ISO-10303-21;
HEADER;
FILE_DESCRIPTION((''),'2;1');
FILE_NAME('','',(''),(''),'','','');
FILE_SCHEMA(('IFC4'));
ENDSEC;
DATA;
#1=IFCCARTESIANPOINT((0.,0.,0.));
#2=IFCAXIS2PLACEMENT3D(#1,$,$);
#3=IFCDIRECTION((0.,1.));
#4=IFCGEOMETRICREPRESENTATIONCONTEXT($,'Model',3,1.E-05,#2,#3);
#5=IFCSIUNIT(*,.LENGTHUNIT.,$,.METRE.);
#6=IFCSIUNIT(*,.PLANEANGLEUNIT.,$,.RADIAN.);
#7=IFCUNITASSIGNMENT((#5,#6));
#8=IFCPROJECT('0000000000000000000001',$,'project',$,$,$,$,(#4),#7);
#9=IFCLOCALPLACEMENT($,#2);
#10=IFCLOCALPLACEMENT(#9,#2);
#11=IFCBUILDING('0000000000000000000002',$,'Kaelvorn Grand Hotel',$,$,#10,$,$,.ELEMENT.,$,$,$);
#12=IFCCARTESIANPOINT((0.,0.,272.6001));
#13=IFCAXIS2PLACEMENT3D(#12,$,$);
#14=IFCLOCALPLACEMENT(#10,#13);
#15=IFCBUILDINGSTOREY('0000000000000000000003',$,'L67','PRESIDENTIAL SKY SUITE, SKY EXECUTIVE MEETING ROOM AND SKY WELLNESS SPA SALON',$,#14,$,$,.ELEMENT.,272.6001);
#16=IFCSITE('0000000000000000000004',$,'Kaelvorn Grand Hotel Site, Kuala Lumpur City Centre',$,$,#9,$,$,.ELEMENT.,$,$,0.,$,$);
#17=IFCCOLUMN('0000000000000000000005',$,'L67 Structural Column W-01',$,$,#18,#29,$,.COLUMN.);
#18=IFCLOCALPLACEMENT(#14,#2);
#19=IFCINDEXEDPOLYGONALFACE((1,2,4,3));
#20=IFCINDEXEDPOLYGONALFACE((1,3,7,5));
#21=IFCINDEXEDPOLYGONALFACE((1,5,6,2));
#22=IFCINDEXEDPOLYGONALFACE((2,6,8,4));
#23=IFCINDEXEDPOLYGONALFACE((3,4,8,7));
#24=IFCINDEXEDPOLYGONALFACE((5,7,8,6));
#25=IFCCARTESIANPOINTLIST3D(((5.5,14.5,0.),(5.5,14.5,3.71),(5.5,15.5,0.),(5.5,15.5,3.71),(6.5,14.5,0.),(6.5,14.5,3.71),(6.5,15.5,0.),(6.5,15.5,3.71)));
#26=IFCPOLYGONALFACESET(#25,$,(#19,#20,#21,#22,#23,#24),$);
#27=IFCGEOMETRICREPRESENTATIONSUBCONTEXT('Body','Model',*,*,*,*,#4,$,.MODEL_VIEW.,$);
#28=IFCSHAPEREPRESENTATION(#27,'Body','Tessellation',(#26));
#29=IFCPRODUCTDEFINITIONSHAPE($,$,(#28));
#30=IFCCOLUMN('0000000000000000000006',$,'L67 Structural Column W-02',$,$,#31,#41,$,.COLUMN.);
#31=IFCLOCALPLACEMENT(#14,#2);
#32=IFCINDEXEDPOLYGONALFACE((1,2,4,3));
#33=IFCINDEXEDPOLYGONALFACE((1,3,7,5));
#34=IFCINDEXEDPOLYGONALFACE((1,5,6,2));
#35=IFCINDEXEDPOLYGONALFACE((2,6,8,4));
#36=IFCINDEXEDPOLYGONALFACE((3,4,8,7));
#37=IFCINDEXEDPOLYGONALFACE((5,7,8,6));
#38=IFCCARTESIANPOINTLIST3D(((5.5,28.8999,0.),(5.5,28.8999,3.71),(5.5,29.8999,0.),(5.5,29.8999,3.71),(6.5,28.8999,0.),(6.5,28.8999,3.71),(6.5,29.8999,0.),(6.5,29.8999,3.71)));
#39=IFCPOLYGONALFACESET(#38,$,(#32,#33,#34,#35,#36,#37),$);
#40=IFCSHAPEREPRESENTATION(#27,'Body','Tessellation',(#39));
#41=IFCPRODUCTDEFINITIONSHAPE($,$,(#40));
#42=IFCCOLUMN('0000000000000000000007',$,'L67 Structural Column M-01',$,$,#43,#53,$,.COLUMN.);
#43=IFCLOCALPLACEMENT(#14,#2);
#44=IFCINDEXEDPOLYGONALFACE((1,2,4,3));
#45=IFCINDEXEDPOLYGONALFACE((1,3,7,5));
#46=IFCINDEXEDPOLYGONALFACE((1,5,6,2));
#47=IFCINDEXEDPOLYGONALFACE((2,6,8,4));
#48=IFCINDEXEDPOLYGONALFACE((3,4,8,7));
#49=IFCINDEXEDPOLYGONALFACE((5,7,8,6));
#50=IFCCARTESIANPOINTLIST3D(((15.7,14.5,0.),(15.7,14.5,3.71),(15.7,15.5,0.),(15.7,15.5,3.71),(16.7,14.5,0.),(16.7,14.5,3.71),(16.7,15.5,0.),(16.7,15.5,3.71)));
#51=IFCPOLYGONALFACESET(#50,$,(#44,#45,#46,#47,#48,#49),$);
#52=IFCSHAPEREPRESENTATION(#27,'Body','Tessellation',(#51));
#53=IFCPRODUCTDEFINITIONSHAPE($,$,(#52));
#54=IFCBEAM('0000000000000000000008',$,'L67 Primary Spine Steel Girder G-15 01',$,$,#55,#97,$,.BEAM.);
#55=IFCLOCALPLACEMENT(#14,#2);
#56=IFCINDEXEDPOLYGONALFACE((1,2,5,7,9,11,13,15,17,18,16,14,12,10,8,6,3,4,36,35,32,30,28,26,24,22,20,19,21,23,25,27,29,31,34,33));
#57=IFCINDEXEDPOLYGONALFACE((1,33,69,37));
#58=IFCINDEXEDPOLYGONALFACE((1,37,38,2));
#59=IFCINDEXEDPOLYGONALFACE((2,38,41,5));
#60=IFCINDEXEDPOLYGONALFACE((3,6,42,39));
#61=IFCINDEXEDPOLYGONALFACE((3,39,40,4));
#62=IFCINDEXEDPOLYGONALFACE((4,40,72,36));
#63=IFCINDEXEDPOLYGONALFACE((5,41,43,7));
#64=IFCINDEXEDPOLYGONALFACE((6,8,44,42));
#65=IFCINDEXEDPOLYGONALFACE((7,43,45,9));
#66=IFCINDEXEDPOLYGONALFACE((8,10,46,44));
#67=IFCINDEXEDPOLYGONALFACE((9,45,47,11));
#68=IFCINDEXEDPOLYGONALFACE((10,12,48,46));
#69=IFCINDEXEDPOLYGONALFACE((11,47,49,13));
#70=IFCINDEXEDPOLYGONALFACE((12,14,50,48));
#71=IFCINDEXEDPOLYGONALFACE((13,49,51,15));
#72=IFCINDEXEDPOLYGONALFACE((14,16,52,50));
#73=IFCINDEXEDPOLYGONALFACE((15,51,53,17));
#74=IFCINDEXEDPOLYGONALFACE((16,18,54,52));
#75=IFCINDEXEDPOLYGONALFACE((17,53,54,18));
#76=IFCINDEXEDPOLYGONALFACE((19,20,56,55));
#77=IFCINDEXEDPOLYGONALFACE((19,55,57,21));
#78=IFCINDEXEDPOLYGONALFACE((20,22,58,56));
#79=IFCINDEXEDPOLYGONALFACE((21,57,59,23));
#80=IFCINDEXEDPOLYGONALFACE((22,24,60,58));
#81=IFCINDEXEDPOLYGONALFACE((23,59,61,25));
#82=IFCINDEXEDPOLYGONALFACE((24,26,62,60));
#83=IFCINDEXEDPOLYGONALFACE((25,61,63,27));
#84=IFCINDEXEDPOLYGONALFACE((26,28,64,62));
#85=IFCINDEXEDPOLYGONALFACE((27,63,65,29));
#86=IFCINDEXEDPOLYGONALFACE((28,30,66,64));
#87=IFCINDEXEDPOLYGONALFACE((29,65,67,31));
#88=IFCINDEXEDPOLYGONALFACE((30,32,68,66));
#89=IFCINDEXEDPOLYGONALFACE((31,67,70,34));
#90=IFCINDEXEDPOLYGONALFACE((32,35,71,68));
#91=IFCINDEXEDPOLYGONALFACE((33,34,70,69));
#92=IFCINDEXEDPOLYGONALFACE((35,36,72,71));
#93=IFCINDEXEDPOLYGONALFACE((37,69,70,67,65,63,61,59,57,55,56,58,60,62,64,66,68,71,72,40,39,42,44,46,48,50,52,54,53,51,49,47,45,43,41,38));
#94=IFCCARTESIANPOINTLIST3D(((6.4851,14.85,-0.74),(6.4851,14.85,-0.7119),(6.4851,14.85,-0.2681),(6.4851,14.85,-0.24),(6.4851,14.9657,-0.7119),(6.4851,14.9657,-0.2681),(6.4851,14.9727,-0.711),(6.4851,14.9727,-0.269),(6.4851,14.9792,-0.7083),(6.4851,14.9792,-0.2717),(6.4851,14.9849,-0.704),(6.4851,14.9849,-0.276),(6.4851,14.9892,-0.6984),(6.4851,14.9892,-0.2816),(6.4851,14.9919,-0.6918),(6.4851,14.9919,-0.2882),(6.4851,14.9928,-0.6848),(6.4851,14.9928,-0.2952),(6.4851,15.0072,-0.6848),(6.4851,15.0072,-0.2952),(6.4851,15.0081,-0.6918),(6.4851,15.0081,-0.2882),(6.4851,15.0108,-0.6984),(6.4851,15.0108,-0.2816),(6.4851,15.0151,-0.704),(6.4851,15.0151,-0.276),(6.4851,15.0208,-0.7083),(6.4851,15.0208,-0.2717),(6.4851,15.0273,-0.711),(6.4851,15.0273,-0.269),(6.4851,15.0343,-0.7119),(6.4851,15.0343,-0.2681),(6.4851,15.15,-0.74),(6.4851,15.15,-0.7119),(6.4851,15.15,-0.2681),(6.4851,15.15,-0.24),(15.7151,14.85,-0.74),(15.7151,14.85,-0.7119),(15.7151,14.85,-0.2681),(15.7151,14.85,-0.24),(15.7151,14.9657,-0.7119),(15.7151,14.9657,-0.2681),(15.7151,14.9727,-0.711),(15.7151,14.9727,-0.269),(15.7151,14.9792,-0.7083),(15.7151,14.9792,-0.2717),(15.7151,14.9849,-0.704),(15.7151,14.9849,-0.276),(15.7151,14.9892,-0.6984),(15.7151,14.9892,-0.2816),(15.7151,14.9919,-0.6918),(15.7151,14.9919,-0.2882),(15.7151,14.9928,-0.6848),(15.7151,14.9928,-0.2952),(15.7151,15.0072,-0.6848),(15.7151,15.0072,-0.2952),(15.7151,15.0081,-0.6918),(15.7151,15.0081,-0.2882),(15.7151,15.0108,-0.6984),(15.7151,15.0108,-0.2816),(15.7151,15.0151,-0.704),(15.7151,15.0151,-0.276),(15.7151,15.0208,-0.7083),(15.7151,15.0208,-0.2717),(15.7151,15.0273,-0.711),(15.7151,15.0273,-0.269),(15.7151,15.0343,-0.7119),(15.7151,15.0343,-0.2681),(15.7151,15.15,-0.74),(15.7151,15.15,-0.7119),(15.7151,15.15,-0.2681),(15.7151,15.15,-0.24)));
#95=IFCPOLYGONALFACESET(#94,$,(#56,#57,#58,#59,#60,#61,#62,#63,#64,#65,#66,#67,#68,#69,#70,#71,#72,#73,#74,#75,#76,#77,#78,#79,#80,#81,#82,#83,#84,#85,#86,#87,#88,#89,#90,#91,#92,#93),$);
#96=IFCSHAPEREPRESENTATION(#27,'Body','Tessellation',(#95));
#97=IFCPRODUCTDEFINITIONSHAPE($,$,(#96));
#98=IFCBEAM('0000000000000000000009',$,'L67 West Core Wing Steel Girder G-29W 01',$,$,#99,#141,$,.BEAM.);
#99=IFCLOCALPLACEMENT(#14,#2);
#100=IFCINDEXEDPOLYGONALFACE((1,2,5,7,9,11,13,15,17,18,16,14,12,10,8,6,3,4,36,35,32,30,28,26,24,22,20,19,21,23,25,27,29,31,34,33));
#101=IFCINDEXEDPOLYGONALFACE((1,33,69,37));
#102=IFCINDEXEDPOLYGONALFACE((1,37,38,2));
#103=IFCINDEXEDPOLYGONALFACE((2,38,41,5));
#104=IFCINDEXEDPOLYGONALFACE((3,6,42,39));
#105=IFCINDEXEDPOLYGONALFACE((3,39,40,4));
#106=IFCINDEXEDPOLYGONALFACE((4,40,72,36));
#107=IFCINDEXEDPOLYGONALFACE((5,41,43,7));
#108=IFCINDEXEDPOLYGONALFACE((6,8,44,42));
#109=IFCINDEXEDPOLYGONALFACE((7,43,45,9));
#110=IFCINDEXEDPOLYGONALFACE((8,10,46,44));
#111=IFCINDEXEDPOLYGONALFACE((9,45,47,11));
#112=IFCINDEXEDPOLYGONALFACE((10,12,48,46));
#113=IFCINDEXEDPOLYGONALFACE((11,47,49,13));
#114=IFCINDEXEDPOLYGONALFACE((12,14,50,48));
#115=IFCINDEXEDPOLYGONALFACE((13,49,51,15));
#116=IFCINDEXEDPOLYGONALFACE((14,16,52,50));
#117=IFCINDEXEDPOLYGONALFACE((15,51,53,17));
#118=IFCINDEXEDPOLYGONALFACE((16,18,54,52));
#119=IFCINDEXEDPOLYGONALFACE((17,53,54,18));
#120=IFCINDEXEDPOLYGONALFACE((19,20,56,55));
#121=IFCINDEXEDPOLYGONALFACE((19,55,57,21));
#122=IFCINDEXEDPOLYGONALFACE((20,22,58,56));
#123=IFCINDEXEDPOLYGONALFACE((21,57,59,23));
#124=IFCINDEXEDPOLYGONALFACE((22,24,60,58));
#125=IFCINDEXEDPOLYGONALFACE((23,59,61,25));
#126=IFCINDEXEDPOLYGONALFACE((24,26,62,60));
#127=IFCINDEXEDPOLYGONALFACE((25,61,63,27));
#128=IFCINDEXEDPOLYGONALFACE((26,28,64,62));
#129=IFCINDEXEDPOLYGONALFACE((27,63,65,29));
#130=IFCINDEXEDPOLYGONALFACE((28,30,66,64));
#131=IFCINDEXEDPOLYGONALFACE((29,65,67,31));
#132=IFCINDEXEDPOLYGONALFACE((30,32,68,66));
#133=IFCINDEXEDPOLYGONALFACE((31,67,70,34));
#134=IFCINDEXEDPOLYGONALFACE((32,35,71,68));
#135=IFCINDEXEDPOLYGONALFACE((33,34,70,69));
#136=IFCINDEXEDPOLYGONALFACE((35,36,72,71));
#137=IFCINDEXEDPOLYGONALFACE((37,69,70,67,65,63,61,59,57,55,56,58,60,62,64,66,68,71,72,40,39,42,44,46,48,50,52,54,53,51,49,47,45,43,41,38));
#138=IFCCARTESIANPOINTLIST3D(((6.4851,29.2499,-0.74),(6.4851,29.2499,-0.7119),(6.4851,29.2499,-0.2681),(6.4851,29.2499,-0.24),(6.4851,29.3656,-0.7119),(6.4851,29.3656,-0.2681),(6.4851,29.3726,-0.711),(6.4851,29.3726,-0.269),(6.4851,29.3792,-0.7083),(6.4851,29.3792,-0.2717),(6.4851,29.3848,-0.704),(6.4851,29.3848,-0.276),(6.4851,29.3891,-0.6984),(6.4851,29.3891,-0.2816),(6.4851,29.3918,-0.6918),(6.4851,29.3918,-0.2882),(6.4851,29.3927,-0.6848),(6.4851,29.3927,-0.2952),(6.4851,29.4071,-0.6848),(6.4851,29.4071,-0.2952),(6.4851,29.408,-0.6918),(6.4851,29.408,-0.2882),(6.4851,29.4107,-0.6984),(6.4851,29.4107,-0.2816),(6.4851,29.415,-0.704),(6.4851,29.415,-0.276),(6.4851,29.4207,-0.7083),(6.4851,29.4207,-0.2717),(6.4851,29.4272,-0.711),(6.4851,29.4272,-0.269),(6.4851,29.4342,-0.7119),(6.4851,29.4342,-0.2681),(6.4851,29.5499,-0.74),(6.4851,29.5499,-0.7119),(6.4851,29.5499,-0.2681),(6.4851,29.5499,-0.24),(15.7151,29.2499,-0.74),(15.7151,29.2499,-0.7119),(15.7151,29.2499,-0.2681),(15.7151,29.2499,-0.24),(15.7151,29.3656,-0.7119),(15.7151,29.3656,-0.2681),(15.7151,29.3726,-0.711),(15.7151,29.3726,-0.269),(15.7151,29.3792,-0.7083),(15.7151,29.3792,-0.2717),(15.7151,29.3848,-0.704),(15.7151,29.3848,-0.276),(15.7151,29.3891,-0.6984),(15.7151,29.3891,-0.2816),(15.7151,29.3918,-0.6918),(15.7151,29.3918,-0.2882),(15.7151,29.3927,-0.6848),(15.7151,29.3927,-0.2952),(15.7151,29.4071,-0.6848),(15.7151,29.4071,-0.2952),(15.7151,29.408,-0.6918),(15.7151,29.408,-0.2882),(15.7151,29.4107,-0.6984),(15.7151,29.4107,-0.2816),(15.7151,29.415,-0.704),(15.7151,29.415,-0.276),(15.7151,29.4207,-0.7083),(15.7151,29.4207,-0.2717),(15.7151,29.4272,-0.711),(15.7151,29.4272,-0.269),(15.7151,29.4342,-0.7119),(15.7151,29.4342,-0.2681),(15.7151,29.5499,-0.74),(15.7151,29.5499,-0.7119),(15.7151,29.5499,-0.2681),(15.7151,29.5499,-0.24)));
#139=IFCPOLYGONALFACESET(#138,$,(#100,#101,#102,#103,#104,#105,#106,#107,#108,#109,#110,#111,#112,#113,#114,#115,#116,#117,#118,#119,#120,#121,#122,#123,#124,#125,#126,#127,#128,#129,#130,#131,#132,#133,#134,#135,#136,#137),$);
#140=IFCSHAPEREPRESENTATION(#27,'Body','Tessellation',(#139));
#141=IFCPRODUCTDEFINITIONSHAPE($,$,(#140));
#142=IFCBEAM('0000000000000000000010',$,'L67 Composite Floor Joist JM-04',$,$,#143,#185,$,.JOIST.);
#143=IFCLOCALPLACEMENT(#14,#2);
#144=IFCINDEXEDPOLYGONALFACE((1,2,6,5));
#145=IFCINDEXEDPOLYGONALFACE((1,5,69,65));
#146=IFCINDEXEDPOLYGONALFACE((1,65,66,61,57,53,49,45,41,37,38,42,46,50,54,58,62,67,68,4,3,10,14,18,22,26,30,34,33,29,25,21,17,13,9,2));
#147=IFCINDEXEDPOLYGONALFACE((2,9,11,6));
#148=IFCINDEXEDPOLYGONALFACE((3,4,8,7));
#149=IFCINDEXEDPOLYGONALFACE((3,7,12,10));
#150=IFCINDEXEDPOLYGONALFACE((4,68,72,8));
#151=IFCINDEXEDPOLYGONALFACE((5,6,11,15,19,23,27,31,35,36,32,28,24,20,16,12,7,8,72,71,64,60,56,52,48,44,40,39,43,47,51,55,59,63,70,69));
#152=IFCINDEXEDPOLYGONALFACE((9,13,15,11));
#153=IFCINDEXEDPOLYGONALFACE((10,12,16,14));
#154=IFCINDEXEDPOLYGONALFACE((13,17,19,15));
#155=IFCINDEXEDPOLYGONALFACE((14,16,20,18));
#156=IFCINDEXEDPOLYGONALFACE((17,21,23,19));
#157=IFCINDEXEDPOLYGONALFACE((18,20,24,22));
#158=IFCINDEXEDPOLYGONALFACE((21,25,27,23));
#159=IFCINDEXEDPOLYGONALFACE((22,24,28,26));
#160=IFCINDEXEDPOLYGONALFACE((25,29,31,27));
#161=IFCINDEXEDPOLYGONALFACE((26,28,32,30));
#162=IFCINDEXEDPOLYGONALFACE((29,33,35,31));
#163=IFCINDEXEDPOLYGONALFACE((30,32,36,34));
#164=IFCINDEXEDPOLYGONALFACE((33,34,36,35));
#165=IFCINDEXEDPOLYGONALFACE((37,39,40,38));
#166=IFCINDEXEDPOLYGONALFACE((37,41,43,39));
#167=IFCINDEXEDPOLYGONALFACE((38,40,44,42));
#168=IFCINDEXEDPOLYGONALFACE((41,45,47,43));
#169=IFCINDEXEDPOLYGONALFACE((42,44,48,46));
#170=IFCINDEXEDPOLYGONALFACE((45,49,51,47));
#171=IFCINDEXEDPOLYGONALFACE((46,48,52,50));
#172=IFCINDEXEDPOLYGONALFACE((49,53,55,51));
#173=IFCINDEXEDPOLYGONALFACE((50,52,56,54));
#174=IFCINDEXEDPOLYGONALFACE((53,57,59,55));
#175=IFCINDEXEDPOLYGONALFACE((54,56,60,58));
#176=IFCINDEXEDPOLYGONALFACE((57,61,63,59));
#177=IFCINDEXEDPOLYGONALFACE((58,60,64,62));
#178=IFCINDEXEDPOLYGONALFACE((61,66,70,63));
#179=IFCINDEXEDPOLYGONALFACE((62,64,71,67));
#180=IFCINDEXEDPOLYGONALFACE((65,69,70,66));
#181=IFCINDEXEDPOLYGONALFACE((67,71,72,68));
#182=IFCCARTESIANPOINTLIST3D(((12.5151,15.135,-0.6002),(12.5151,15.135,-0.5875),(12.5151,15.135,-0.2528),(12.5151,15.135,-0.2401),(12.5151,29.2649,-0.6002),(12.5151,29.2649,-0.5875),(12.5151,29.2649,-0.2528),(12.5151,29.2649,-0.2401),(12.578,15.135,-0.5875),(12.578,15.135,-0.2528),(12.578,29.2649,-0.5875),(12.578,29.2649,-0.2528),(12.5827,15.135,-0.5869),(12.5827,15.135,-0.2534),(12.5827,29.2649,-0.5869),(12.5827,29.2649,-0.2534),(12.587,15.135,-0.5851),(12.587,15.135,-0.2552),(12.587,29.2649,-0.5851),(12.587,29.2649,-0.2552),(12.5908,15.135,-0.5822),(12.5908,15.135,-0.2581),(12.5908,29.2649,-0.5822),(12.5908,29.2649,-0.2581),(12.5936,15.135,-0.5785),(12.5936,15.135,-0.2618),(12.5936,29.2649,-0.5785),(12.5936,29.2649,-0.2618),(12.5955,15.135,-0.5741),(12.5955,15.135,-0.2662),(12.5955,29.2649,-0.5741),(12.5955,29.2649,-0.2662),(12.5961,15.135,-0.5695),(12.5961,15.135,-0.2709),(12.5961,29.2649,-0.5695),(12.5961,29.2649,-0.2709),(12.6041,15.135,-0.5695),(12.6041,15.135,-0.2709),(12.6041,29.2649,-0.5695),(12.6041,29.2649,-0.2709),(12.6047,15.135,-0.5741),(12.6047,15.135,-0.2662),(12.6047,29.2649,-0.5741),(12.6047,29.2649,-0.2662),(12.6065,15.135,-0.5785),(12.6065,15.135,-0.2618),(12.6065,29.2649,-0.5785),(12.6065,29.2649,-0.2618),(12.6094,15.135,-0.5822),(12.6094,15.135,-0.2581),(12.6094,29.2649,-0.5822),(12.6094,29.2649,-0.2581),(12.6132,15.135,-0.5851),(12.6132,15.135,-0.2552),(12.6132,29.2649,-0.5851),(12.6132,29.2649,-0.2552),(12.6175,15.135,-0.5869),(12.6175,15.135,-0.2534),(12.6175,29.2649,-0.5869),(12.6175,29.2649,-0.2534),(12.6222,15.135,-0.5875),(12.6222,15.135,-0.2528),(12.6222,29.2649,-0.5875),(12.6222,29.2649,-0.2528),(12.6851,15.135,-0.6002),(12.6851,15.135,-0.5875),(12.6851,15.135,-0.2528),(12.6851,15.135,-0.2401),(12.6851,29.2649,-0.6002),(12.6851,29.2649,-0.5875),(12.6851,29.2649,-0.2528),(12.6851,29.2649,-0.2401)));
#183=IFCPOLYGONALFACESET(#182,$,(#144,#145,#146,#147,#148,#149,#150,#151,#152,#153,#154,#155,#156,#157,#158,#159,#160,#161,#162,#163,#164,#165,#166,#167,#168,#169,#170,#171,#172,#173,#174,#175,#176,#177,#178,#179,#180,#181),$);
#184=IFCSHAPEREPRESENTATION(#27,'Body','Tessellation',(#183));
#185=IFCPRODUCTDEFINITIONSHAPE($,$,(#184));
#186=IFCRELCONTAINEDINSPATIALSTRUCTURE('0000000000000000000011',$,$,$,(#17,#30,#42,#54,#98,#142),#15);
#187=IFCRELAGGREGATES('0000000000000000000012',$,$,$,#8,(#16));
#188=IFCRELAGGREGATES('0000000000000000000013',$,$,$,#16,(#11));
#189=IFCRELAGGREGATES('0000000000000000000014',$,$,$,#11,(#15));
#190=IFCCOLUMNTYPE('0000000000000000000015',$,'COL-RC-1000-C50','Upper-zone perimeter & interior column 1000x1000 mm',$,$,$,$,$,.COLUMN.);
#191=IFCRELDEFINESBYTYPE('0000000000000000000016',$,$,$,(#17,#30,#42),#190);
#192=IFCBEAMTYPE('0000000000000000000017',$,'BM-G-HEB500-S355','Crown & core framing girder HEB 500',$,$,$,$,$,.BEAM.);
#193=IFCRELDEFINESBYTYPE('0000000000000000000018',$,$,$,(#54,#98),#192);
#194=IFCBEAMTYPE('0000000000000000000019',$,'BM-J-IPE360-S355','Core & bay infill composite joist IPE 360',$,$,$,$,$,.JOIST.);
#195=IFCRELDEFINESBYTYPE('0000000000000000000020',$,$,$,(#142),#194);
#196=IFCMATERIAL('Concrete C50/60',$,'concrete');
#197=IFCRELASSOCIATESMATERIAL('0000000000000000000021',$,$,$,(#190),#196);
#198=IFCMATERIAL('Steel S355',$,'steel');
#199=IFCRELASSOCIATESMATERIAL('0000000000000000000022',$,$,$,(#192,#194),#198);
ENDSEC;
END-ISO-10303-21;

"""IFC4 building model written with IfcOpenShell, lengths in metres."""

from ifc_helpers import new_model, si_unit, direction, frame, origin, origin_2d, place, context, subcontext, project, spatial, rectangle, i_section, extrude, material, material_profile, profile_set, type_object, element, save


model = new_model("IFC4")

# Units and contexts
model_context = context("Model", 3, precision=1e-05, world=origin(), true_north=direction((0.0, 1.0)))
body_context = subcontext(model_context, "Body", "Model", "MODEL_VIEW")
ifc_project = project(units=[si_unit("LENGTHUNIT", "METRE"), si_unit("PLANEANGLEUNIT", "RADIAN")], contexts=[model_context])

# Site, building, storey
site_placement = place(None, origin())
site = spatial("IfcSite", under=ifc_project, at=site_placement, Name="Kaelvorn Grand Hotel Site, Kuala Lumpur City Centre", CompositionType="ELEMENT", RefElevation=0.0)
building_placement = place(site_placement, origin())
building = spatial("IfcBuilding", under=site, at=building_placement, Name="Kaelvorn Grand Hotel", CompositionType="ELEMENT")
storey_placement = place(building_placement, frame((0.0, 0.0, 272.6001)))
storey = spatial("IfcBuildingStorey", under=building, at=storey_placement, Name="L67", Description="PRESIDENTIAL SKY SUITE, SKY EXECUTIVE MEETING ROOM AND SKY WELLNESS SPA SALON", CompositionType="ELEMENT", Elevation=272.6001)

# Columns
ifc_material_1 = material(Name="Concrete C50/60", Category="concrete")
ifc_material_profile_1 = material_profile(ifc_material_1, rectangle(XDim=1.0, YDim=1.0, at=origin_2d()), Name="RC COL 1000x1000")
ifc_profile_set_1 = profile_set([ifc_material_profile_1], Name="Concrete C50/60")
column_type = type_object("IfcColumnType", Name="COL-RC-1000-C50", Description="Upper-zone perimeter & interior column 1000x1000 mm", PredefinedType="COLUMN", material=ifc_profile_set_1)
for number, where, z_axis, x_axis, name in (
    (1, (6.0, 15.0, 0.0), (0.0, 0.0, 1.0), (1.0, 0.0, 0.0), "L67 Structural Column W-01"),
    (2, (6.0, 29.3999, 0.0), (0.0, 0.0, 1.0), (1.0, 0.0, 0.0), "L67 Structural Column W-02"),
    (3, (16.2, 15.0, 0.0), (0.0, 0.0, 1.0), (1.0, 0.0, 0.0), "L67 Structural Column M-01"),
):
    element("IfcColumn", number, at=place(storey_placement, frame(where, z_axis=z_axis, x_axis=x_axis)), inside=storey, type_object=column_type, Name=name, PredefinedType="COLUMN", context=body_context, shape_type="SweptSolid", body=[
        extrude(rectangle(XDim=1.0, YDim=1.0, at=origin_2d()), origin(), (0.0, 0.0, 1.0), 3.71),
    ])

# Beams
ifc_material_2 = material(Name="Steel S355", Category="steel")
ifc_material_profile_2 = material_profile(ifc_material_2, i_section(OverallWidth=0.3, OverallDepth=0.5, WebThickness=0.0144, FlangeThickness=0.0281, FilletRadius=0.0271, at=origin_2d()), Name="HEB 500")
ifc_profile_set_2 = profile_set([ifc_material_profile_2], Name="Steel S355")
beam_type_1 = type_object("IfcBeamType", Name="BM-G-HEB500-S355", Description="Crown & core framing girder HEB 500", PredefinedType="BEAM", material=ifc_profile_set_2)
for number, where, z_axis, x_axis, name in (
    (4, (6.4851, 15.0, -0.49), (1.0, 0.0, 0.0), (0.0, 1.0, 0.0), "L67 Primary Spine Steel Girder G-15 01"),
    (5, (6.4851, 29.3999, -0.49), (1.0, 0.0, 0.0), (0.0, 1.0, 0.0), "L67 West Core Wing Steel Girder G-29W 01"),
):
    element("IfcBeam", number, at=place(storey_placement, frame(where, z_axis=z_axis, x_axis=x_axis)), inside=storey, type_object=beam_type_1, Name=name, PredefinedType="BEAM", context=body_context, shape_type="SweptSolid", body=[
        extrude(i_section(OverallWidth=0.3, OverallDepth=0.5, WebThickness=0.0144, FlangeThickness=0.0281, FilletRadius=0.0271, at=origin_2d()), origin(), (0.0, 0.0, 1.0), 9.23),
    ])
ifc_material_profile_3 = material_profile(ifc_material_2, i_section(OverallWidth=0.1699, OverallDepth=0.3601, WebThickness=0.0081, FlangeThickness=0.0127, FilletRadius=0.0181, at=origin_2d()), Name="IPE 360")
ifc_profile_set_3 = profile_set([ifc_material_profile_3], Name="Steel S355")
beam_type_2 = type_object("IfcBeamType", Name="BM-J-IPE360-S355", Description="Core & bay infill composite joist IPE 360", PredefinedType="JOIST", material=ifc_profile_set_3)
beam_1_placement = place(storey_placement, frame((12.6001, 15.135, -0.4202), z_axis=(0.0, 1.0, 0.0), x_axis=(-1.0, 0.0, 0.0)))
element("IfcBeam", 6, at=beam_1_placement, inside=storey, type_object=beam_type_2, Name="L67 Composite Floor Joist JM-04", PredefinedType="JOIST", context=body_context, shape_type="SweptSolid", body=[
    extrude(i_section(OverallWidth=0.1699, OverallDepth=0.3601, WebThickness=0.0081, FlangeThickness=0.0127, FilletRadius=0.0181, at=origin_2d()), origin(), (0.0, 0.0, 1.0), 14.1299),
])

save(model, "model.ifc")
